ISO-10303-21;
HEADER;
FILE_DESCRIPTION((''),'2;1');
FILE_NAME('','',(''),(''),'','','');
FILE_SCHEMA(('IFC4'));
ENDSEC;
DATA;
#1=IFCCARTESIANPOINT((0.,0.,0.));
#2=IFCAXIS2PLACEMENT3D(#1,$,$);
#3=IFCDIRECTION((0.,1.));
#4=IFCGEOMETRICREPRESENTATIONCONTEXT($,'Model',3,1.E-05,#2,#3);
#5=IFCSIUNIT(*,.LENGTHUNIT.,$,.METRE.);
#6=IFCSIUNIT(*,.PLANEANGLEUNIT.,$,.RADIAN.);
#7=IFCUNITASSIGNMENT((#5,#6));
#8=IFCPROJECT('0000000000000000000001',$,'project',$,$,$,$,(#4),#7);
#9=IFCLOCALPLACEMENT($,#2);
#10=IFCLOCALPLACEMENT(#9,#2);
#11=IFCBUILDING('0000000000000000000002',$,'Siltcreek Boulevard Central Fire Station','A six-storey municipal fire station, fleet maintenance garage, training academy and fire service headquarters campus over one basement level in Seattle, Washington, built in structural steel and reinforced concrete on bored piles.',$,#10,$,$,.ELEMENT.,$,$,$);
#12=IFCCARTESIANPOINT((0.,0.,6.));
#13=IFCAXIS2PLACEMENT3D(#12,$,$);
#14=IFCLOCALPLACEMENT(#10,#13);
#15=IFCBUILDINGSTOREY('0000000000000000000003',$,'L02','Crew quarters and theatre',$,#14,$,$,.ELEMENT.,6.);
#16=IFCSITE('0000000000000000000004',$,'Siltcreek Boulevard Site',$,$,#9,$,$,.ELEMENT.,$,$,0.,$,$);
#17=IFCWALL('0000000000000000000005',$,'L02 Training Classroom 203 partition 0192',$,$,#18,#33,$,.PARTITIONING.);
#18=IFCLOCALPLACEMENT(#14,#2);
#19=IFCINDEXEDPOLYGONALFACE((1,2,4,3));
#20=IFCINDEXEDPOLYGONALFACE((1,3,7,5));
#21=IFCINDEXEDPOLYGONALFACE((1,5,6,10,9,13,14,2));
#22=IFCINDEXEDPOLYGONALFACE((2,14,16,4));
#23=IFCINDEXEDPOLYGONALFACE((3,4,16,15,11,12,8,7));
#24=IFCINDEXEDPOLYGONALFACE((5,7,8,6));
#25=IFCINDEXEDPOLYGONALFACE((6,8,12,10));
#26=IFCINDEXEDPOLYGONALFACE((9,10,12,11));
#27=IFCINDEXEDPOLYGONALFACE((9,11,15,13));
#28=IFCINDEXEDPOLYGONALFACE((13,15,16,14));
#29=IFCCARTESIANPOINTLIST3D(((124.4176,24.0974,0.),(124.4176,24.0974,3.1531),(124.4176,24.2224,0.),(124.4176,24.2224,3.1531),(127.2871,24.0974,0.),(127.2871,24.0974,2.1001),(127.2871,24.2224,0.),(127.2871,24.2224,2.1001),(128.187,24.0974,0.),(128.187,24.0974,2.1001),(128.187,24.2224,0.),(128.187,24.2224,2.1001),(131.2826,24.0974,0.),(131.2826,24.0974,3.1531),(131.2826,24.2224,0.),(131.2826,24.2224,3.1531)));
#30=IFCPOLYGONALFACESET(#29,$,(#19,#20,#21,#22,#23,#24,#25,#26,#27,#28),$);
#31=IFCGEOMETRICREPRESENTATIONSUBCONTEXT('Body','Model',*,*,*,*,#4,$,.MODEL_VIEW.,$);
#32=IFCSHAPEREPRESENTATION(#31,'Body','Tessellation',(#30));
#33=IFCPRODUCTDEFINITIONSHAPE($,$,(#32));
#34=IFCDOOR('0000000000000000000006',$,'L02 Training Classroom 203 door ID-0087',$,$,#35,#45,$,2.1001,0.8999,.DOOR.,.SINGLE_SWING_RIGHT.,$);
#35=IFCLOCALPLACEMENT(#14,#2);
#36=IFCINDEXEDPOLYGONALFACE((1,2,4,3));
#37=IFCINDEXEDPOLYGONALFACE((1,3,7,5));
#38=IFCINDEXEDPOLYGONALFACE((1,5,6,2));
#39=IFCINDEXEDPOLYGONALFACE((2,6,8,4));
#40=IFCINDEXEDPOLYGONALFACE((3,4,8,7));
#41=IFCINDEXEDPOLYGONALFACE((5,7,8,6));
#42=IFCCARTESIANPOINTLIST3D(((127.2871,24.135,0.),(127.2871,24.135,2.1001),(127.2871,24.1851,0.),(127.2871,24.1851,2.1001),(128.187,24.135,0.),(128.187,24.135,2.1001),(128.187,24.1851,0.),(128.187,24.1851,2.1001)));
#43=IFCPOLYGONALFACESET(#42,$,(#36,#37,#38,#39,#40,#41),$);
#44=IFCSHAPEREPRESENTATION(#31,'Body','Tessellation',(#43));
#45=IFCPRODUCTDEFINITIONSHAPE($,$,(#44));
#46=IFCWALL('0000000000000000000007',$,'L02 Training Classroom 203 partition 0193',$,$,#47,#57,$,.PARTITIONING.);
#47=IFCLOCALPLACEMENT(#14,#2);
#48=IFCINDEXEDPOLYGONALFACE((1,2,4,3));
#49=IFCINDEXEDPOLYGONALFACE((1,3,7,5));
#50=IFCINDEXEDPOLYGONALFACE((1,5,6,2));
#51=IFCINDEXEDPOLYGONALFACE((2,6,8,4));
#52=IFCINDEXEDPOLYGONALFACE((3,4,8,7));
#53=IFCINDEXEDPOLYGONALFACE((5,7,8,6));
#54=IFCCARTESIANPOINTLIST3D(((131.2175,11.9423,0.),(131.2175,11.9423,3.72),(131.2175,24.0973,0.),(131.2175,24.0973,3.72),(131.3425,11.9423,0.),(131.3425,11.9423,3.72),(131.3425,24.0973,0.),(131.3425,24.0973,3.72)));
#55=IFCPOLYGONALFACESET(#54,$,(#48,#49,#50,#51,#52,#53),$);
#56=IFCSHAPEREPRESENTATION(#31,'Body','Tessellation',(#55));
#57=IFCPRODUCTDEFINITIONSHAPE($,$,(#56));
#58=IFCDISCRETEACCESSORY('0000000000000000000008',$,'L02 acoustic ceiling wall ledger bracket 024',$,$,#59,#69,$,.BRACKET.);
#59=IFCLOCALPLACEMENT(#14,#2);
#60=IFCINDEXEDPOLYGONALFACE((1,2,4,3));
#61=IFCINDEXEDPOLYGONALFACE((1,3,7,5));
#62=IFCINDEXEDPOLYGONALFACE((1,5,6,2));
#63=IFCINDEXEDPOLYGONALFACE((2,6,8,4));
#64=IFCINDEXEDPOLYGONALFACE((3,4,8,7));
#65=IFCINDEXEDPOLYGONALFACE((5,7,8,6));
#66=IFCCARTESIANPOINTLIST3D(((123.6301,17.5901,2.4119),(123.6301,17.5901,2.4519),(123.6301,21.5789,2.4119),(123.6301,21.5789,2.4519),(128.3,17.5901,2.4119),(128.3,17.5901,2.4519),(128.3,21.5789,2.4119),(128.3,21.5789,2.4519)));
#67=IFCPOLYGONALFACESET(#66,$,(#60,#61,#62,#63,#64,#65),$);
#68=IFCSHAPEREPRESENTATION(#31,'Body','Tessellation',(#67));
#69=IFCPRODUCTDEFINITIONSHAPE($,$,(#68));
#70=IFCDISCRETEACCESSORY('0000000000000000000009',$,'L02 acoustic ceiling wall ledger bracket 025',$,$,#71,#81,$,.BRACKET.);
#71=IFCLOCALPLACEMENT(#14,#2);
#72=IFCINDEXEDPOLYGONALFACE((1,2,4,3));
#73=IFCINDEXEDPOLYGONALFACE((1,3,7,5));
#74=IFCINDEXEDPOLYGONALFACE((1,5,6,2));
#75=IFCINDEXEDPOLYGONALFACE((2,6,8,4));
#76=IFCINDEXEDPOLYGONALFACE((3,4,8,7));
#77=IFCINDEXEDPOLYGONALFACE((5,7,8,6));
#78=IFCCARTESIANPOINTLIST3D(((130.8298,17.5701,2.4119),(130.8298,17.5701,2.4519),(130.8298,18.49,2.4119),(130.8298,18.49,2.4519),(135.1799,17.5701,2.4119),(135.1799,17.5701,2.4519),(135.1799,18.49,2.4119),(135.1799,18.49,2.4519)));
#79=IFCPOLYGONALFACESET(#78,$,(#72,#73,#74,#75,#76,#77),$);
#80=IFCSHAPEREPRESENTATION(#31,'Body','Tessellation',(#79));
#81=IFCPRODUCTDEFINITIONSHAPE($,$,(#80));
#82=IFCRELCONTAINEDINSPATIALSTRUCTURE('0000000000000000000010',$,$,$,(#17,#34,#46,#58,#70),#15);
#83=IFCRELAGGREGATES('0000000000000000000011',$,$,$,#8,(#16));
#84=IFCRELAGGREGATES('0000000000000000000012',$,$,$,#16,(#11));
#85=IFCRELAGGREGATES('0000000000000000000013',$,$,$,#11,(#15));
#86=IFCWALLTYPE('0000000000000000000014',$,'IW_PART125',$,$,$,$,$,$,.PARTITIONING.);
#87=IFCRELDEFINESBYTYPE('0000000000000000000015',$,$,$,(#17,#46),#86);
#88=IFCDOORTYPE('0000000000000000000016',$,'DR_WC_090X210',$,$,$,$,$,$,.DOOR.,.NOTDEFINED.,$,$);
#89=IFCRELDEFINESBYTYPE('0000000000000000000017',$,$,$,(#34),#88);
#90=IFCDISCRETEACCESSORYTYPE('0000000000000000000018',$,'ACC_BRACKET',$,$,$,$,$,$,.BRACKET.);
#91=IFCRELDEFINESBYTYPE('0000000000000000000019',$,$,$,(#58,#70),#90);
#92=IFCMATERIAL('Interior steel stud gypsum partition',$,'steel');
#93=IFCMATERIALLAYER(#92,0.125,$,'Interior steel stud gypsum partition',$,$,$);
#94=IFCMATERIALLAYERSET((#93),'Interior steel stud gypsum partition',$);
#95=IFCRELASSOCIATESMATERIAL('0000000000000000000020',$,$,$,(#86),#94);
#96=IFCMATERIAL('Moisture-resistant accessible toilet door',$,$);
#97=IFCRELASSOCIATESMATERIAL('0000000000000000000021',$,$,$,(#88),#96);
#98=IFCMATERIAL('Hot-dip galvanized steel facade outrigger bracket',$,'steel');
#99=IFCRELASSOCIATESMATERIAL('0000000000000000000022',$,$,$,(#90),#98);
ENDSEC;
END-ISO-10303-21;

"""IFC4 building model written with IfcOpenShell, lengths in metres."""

from ifc_helpers import new_model, si_unit, direction, frame, frame_2d, origin, origin_2d, place, context, subcontext, project, spatial, rectangle, extrude, material, layer, layer_set, type_object, element, fill, save


model = new_model("IFC4")

# Units and contexts
model_context = context("Model", 3, precision=1e-05, world=origin(), true_north=direction((0.0, 1.0)))
body_context = subcontext(model_context, "Body", "Model", "MODEL_VIEW")
ifc_project = project(units=[si_unit("LENGTHUNIT", "METRE"), si_unit("PLANEANGLEUNIT", "RADIAN")], contexts=[model_context])

# Site, building, storey
site_placement = place(None, origin())
site = spatial("IfcSite", under=ifc_project, at=site_placement, Name="Siltcreek Boulevard Site", CompositionType="ELEMENT", RefElevation=0.0)
building_placement = place(site_placement, origin())
building = spatial("IfcBuilding", under=site, at=building_placement, Name="Siltcreek Boulevard Central Fire Station", Description="A six-storey municipal fire station, fleet maintenance garage, training academy and fire service headquarters campus over one basement level in Seattle, Washington, built in structural steel and reinforced concrete on bored piles.", CompositionType="ELEMENT")
storey_placement = place(building_placement, frame((0.0, 0.0, 6.0)))
storey = spatial("IfcBuildingStorey", under=building, at=storey_placement, Name="L02", Description="Crew quarters and theatre", CompositionType="ELEMENT", Elevation=6.0)

# Wall, opening, door
ifc_material_1 = material(Name="Interior steel stud gypsum partition", Category="steel")
ifc_layer_1 = layer(ifc_material_1, 0.125, Name="Interior steel stud gypsum partition")
ifc_layer_set_1 = layer_set([ifc_layer_1], Name="Interior steel stud gypsum partition")
wall_type = type_object("IfcWallType", Name="IW_PART125", PredefinedType="PARTITIONING", material=ifc_layer_set_1)
wall_1_placement = place(storey_placement, frame((124.4175, 24.1599, 0.0), z_axis=(0.0, 0.0, 1.0), x_axis=(1.0, 0.0, 0.0)))
wall_1 = element("IfcWall", 1, at=wall_1_placement, inside=storey, type_object=wall_type, Name="L02 Training Classroom 203 partition 0192", PredefinedType="PARTITIONING", context=body_context, shape_type="SweptSolid", body=[
    extrude(rectangle(XDim=6.865, YDim=0.125, at=frame_2d((3.4326, 0.0))), origin(), (0.0, 0.0, 1.0), 3.1531),
])
opening_placement = place(wall_1_placement, frame((2.8696, 0.0, 0.0)))
opening = element("IfcOpeningElement", 2, at=opening_placement, cuts=wall_1, PredefinedType="OPENING", context=body_context, shape_type="SweptSolid", body=[
    extrude(rectangle(XDim=0.8999, YDim=2.1001, at=frame_2d((0.45, 1.05))), frame((0.0, 0.0725, 0.0), z_axis=(0.0, -1.0, 0.0), x_axis=(1.0, 0.0, 0.0)), (0.0, 0.0, 1.0), 0.145),
])
ifc_material_2 = material(Name="Moisture-resistant accessible toilet door")
door_type = type_object("IfcDoorType", Name="DR_WC_090X210", OperationType="NOTDEFINED", PredefinedType="DOOR", material=ifc_material_2)
door_placement = place(opening_placement, frame((0.8999, 0.0, 0.0), z_axis=(0.0, 0.0, 1.0), x_axis=(-1.0, 0.0, 0.0)))
door = element("IfcDoor", 3, at=door_placement, inside=storey, type_object=door_type, Name="L02 Training Classroom 203 door ID-0087", OperationType="SINGLE_SWING_RIGHT", OverallHeight=2.1001, OverallWidth=0.8999, PredefinedType="DOOR", context=body_context, shape_type="SweptSolid", body=[
    extrude(rectangle(XDim=0.8999, YDim=2.1001, at=frame_2d((0.45, 1.05))), frame((0.0, 0.0249, 0.0), z_axis=(0.0, -1.0, 0.0), x_axis=(1.0, 0.0, 0.0)), (0.0, 0.0, 1.0), 0.05),
])
fill(opening, door)

# Wall
wall_2_placement = place(storey_placement, frame((131.28, 24.0974, 0.0), z_axis=(0.0, 0.0, 1.0), x_axis=(0.0, -1.0, 0.0)))
element("IfcWall", 4, at=wall_2_placement, inside=storey, type_object=wall_type, Name="L02 Training Classroom 203 partition 0193", PredefinedType="PARTITIONING", context=body_context, shape_type="SweptSolid", body=[
    extrude(rectangle(XDim=12.155, YDim=0.125, at=frame_2d((6.0776, 0.0))), origin(), (0.0, 0.0, 1.0), 3.72),
])

# Discrete accessories
ifc_material_3 = material(Name="Hot-dip galvanized steel facade outrigger bracket", Category="steel")
discrete_accessory_type = type_object("IfcDiscreteAccessoryType", Name="ACC_BRACKET", PredefinedType="BRACKET", material=ifc_material_3)
discrete_accessory_1_placement = place(storey_placement, frame((125.9651, 19.5845, 2.4119), z_axis=(0.0, 0.0, 1.0), x_axis=(1.0, 0.0, 0.0)))
element("IfcDiscreteAccessory", 5, at=discrete_accessory_1_placement, inside=storey, type_object=discrete_accessory_type, Name="L02 acoustic ceiling wall ledger bracket 024", PredefinedType="BRACKET", context=body_context, shape_type="SweptSolid", body=[
    extrude(rectangle(XDim=4.6699, YDim=3.9888, at=origin_2d()), origin(), (0.0, 0.0, 1.0), 0.04),
])
discrete_accessory_2_placement = place(storey_placement, frame((133.0049, 18.03, 2.4119), z_axis=(0.0, 0.0, 1.0), x_axis=(1.0, 0.0, 0.0)))
element("IfcDiscreteAccessory", 6, at=discrete_accessory_2_placement, inside=storey, type_object=discrete_accessory_type, Name="L02 acoustic ceiling wall ledger bracket 025", PredefinedType="BRACKET", context=body_context, shape_type="SweptSolid", body=[
    extrude(rectangle(XDim=4.3501, YDim=0.9199, at=origin_2d()), origin(), (0.0, 0.0, 1.0), 0.04),
])

save(model, "model.ifc")
